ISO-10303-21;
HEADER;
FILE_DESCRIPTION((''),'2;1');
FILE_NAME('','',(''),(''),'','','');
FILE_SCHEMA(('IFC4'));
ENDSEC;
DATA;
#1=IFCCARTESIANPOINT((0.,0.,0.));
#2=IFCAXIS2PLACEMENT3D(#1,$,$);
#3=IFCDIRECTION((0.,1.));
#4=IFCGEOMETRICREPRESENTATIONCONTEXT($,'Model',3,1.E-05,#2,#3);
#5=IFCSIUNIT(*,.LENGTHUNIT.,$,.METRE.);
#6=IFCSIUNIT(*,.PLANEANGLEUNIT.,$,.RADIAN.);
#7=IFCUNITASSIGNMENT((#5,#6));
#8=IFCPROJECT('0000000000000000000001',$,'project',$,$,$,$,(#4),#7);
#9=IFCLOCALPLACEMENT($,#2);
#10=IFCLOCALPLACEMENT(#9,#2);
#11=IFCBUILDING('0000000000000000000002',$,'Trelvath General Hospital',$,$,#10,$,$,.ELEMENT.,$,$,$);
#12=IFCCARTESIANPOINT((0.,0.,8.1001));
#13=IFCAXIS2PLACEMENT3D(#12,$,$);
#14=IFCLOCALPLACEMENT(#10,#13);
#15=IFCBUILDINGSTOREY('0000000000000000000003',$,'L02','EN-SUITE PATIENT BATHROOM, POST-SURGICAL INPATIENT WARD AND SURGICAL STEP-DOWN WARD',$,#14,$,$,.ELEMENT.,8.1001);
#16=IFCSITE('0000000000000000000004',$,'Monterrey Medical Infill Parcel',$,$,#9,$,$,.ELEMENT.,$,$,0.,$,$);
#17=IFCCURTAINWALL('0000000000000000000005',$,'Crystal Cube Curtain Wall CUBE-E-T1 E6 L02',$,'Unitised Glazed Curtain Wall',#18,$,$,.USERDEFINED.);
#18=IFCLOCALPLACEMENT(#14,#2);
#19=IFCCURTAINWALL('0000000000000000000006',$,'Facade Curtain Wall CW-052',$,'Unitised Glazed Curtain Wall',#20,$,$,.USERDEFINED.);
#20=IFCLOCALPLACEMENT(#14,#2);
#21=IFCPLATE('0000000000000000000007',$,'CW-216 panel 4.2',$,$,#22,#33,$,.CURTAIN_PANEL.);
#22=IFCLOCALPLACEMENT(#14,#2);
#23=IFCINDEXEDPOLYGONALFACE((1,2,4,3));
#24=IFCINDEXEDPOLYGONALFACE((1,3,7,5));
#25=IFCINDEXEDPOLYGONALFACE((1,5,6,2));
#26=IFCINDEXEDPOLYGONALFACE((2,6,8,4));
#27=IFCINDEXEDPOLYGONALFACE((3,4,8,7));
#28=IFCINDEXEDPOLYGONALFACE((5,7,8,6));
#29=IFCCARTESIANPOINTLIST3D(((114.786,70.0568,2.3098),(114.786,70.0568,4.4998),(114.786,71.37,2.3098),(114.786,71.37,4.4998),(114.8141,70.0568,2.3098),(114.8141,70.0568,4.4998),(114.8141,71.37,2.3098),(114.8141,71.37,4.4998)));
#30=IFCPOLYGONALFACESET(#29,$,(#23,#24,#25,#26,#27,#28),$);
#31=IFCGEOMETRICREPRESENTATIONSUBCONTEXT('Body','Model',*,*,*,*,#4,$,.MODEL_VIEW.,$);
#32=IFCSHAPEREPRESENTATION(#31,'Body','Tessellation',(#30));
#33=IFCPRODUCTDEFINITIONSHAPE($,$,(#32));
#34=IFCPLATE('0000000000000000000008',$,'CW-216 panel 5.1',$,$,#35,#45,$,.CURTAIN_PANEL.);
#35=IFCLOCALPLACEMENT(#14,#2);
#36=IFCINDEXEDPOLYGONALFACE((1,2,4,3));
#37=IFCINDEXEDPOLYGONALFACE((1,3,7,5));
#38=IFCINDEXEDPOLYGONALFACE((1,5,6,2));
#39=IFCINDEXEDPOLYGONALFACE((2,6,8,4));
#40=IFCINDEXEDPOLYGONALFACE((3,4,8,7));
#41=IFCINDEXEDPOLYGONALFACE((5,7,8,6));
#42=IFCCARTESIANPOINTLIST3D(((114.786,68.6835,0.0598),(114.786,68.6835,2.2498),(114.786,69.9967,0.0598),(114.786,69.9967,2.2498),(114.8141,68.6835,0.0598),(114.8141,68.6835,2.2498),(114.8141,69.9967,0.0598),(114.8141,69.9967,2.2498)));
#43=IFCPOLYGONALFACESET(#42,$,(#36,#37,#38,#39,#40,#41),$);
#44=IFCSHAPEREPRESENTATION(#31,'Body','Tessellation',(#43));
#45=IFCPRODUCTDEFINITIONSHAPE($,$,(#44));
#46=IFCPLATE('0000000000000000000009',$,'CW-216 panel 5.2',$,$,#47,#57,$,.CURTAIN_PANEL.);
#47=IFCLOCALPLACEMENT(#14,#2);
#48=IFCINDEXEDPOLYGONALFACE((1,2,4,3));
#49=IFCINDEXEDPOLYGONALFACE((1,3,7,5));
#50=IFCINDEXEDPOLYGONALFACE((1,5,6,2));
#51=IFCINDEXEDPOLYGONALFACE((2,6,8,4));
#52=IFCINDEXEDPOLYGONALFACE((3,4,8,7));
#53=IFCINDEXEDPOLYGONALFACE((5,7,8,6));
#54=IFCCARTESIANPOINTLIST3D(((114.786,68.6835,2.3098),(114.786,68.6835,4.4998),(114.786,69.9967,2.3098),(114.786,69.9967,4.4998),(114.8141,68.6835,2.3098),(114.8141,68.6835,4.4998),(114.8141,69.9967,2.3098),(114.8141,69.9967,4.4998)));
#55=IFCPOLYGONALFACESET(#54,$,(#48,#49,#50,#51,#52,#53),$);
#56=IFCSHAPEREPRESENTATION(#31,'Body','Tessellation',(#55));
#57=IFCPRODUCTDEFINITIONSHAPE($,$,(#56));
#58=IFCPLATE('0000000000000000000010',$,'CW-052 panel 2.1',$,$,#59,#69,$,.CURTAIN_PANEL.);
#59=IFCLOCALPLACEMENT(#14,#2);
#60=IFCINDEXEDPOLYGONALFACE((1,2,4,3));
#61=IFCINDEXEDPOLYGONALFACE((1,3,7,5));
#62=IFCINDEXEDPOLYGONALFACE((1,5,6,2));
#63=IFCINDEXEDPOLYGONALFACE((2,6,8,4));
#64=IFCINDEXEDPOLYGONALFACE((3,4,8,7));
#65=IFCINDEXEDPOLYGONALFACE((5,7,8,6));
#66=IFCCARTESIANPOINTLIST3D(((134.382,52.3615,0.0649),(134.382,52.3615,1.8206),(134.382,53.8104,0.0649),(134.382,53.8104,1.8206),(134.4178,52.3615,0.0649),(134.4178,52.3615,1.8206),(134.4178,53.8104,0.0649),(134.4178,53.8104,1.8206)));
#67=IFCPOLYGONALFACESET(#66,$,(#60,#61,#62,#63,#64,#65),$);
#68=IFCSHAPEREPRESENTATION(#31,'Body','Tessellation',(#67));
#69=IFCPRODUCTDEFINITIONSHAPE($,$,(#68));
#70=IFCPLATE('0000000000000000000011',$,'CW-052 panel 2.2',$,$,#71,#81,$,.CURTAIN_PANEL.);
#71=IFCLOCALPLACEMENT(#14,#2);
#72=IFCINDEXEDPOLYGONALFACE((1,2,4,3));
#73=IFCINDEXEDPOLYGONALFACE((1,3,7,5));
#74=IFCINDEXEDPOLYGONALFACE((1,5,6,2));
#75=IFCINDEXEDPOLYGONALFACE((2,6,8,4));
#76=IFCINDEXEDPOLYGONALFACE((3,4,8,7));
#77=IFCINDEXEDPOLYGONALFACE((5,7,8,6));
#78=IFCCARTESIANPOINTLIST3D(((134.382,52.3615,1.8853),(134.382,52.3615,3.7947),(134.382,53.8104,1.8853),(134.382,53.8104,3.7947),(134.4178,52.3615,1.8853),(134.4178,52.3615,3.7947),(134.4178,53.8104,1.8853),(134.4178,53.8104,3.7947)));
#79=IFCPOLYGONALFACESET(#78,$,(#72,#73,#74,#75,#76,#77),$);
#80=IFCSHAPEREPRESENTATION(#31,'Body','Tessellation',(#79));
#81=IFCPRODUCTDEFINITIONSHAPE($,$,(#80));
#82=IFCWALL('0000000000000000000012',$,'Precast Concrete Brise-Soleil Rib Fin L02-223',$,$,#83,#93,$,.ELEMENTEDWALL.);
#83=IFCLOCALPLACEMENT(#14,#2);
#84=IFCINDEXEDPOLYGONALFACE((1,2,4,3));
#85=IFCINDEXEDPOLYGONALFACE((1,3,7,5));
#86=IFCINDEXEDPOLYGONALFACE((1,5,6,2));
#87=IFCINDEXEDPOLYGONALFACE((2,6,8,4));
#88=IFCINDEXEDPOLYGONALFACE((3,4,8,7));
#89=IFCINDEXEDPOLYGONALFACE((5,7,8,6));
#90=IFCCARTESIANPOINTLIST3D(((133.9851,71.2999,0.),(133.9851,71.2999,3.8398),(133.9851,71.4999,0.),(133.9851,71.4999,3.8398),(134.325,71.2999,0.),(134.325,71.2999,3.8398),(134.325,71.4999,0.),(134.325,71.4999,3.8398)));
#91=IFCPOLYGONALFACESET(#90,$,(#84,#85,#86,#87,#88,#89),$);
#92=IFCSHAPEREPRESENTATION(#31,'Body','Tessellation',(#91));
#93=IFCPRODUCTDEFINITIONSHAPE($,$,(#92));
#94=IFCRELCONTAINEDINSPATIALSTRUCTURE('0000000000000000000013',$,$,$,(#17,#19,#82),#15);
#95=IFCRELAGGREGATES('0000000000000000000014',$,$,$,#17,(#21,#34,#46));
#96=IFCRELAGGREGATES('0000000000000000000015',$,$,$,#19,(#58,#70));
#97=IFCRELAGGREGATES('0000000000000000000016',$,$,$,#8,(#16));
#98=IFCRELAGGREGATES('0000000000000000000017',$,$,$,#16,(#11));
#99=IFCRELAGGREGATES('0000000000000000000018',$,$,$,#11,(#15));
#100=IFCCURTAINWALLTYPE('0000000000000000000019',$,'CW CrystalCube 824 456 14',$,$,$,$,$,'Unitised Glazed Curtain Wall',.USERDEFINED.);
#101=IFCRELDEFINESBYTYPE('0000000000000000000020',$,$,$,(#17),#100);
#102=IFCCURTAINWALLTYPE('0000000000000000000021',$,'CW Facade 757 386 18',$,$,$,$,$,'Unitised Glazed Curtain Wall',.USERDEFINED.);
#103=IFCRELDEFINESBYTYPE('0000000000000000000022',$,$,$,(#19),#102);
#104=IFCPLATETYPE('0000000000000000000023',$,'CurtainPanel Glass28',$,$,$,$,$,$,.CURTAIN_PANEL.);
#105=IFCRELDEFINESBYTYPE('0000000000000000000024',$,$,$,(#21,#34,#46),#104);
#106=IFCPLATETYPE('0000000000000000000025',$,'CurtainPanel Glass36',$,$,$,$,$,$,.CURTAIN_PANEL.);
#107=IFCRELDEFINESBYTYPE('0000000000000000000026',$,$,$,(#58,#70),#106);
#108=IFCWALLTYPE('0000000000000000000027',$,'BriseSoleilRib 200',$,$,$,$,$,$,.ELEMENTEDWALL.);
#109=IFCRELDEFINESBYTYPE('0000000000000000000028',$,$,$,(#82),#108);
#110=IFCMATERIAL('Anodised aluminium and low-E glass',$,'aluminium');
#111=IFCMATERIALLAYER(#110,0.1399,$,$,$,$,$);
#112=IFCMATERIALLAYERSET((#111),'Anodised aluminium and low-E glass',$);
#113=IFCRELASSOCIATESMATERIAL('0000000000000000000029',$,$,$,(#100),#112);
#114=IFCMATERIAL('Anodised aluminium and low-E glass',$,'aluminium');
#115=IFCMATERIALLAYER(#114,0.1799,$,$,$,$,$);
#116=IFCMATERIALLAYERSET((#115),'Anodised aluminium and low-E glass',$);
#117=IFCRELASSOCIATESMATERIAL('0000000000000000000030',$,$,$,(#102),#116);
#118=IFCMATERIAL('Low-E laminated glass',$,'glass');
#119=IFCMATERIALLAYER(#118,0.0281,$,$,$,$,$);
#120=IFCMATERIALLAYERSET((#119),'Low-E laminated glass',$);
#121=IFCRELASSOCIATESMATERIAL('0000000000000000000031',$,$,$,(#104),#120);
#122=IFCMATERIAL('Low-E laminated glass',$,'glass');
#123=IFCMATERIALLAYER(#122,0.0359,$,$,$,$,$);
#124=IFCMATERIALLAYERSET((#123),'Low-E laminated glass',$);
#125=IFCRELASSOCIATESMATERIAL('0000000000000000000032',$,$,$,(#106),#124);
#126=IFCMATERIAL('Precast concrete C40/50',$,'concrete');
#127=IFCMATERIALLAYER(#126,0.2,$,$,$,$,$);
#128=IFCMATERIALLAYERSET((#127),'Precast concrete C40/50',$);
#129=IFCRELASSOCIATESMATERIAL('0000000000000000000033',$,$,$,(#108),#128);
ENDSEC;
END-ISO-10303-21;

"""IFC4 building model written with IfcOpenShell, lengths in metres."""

from ifc_helpers import new_model, si_unit, direction, frame, frame_2d, origin, origin_2d, place, context, subcontext, project, spatial, rectangle, extrude, material, layer, layer_set, type_object, element, aggregate, save


model = new_model("IFC4")

# Units and contexts
model_context = context("Model", 3, precision=1e-05, world=origin(), true_north=direction((0.0, 1.0)))
body_context = subcontext(model_context, "Body", "Model", "MODEL_VIEW")
ifc_project = project(units=[si_unit("LENGTHUNIT", "METRE"), si_unit("PLANEANGLEUNIT", "RADIAN")], contexts=[model_context])

# Site, building, storey
site_placement = place(None, origin())
site = spatial("IfcSite", under=ifc_project, at=site_placement, Name="Monterrey Medical Infill Parcel", CompositionType="ELEMENT", RefElevation=0.0)
building_placement = place(site_placement, origin())
building = spatial("IfcBuilding", under=site, at=building_placement, Name="Trelvath General Hospital", CompositionType="ELEMENT")
storey_placement = place(building_placement, frame((0.0, 0.0, 8.1001)))
storey = spatial("IfcBuildingStorey", under=building, at=storey_placement, Name="L02", Description="EN-SUITE PATIENT BATHROOM, POST-SURGICAL INPATIENT WARD AND SURGICAL STEP-DOWN WARD", CompositionType="ELEMENT", Elevation=8.1001)

# Curtain walls
ifc_material_1 = material(Name="Anodised aluminium and low-E glass", Category="aluminium")
ifc_layer_1 = layer(ifc_material_1, 0.1399)
ifc_layer_set_1 = layer_set([ifc_layer_1], Name="Anodised aluminium and low-E glass")
curtain_wall_type_1 = type_object("IfcCurtainWallType", Name="CW CrystalCube 824 456 14", ElementType="Unitised Glazed Curtain Wall", PredefinedType="USERDEFINED", material=ifc_layer_set_1)
curtain_wall_1_placement = place(storey_placement, origin())
curtain_wall_1 = element("IfcCurtainWall", 1, at=curtain_wall_1_placement, inside=storey, type_object=curtain_wall_type_1, Name="Crystal Cube Curtain Wall CUBE-E-T1 E6 L02", ObjectType="Unitised Glazed Curtain Wall", PredefinedType="USERDEFINED")
ifc_material_2 = material(Name="Anodised aluminium and low-E glass", Category="aluminium")
ifc_layer_2 = layer(ifc_material_2, 0.1799)
ifc_layer_set_2 = layer_set([ifc_layer_2], Name="Anodised aluminium and low-E glass")
curtain_wall_type_2 = type_object("IfcCurtainWallType", Name="CW Facade 757 386 18", ElementType="Unitised Glazed Curtain Wall", PredefinedType="USERDEFINED", material=ifc_layer_set_2)
curtain_wall_2_placement = place(storey_placement, origin())
curtain_wall_2 = element("IfcCurtainWall", 2, at=curtain_wall_2_placement, inside=storey, type_object=curtain_wall_type_2, Name="Facade Curtain Wall CW-052", ObjectType="Unitised Glazed Curtain Wall", PredefinedType="USERDEFINED")

# Plates
ifc_material_3 = material(Name="Low-E laminated glass", Category="glass")
ifc_layer_3 = layer(ifc_material_3, 0.0281)
ifc_layer_set_3 = layer_set([ifc_layer_3], Name="Low-E laminated glass")
plate_type_1 = type_object("IfcPlateType", Name="CurtainPanel Glass28", PredefinedType="CURTAIN_PANEL", material=ifc_layer_set_3)
plate_1_placement = place(storey_placement, frame((114.8, 70.7134, 2.3098), z_axis=(0.0, 0.0, 1.0), x_axis=(0.0, -1.0, 0.0)))
plate_1 = element("IfcPlate", 3, at=plate_1_placement, type_object=plate_type_1, Name="CW-216 panel 4.2", PredefinedType="CURTAIN_PANEL", context=body_context, shape_type="SweptSolid", body=[
    extrude(rectangle(XDim=1.3132, YDim=0.0281, at=origin_2d()), origin(), (0.0, 0.0, 1.0), 2.1899),
])
plate_2_placement = place(storey_placement, frame((114.8, 69.3401, 0.0598), z_axis=(0.0, 0.0, 1.0), x_axis=(0.0, -1.0, 0.0)))
plate_2 = element("IfcPlate", 4, at=plate_2_placement, type_object=plate_type_1, Name="CW-216 panel 5.1", PredefinedType="CURTAIN_PANEL", context=body_context, shape_type="SweptSolid", body=[
    extrude(rectangle(XDim=1.3132, YDim=0.0281, at=origin_2d()), origin(), (0.0, 0.0, 1.0), 2.1899),
])
plate_3_placement = place(storey_placement, frame((114.8, 69.3401, 2.3098), z_axis=(0.0, 0.0, 1.0), x_axis=(0.0, -1.0, 0.0)))
plate_3 = element("IfcPlate", 5, at=plate_3_placement, type_object=plate_type_1, Name="CW-216 panel 5.2", PredefinedType="CURTAIN_PANEL", context=body_context, shape_type="SweptSolid", body=[
    extrude(rectangle(XDim=1.3132, YDim=0.0281, at=origin_2d()), origin(), (0.0, 0.0, 1.0), 2.1899),
])
aggregate(curtain_wall_1, [plate_1, plate_2, plate_3])
ifc_material_4 = material(Name="Low-E laminated glass", Category="glass")
ifc_layer_4 = layer(ifc_material_4, 0.0359)
ifc_layer_set_4 = layer_set([ifc_layer_4], Name="Low-E laminated glass")
plate_type_2 = type_object("IfcPlateType", Name="CurtainPanel Glass36", PredefinedType="CURTAIN_PANEL", material=ifc_layer_set_4)
plate_4_placement = place(storey_placement, frame((134.3999, 53.0859, 0.0649), z_axis=(0.0, 0.0, 1.0), x_axis=(0.0, 1.0, 0.0)))
plate_4 = element("IfcPlate", 6, at=plate_4_placement, type_object=plate_type_2, Name="CW-052 panel 2.1", PredefinedType="CURTAIN_PANEL", context=body_context, shape_type="SweptSolid", body=[
    extrude(rectangle(XDim=1.449, YDim=0.0359, at=origin_2d()), origin(), (0.0, 0.0, 1.0), 1.7556),
])
plate_5_placement = place(storey_placement, frame((134.3999, 53.0859, 1.8853), z_axis=(0.0, 0.0, 1.0), x_axis=(0.0, 1.0, 0.0)))
plate_5 = element("IfcPlate", 7, at=plate_5_placement, type_object=plate_type_2, Name="CW-052 panel 2.2", PredefinedType="CURTAIN_PANEL", context=body_context, shape_type="SweptSolid", body=[
    extrude(rectangle(XDim=1.449, YDim=0.0359, at=origin_2d()), origin(), (0.0, 0.0, 1.0), 1.9094),
])
aggregate(curtain_wall_2, [plate_4, plate_5])

# Wall
ifc_material_5 = material(Name="Precast concrete C40/50", Category="concrete")
ifc_layer_5 = layer(ifc_material_5, 0.2)
ifc_layer_set_5 = layer_set([ifc_layer_5], Name="Precast concrete C40/50")
wall_type = type_object("IfcWallType", Name="BriseSoleilRib 200", PredefinedType="ELEMENTEDWALL", material=ifc_layer_set_5)
wall_placement = place(storey_placement, frame((134.325, 71.3999, 0.0), z_axis=(0.0, 0.0, 1.0), x_axis=(-1.0, 0.0, 0.0)))
element("IfcWall", 8, at=wall_placement, inside=storey, type_object=wall_type, Name="Precast Concrete Brise-Soleil Rib Fin L02-223", PredefinedType="ELEMENTEDWALL", context=body_context, shape_type="SweptSolid", body=[
    extrude(rectangle(XDim=0.3398, YDim=0.2, at=frame_2d((0.1699, 0.0))), origin(), (0.0, 0.0, 1.0), 3.8398),
])

save(model, "model.ifc")
